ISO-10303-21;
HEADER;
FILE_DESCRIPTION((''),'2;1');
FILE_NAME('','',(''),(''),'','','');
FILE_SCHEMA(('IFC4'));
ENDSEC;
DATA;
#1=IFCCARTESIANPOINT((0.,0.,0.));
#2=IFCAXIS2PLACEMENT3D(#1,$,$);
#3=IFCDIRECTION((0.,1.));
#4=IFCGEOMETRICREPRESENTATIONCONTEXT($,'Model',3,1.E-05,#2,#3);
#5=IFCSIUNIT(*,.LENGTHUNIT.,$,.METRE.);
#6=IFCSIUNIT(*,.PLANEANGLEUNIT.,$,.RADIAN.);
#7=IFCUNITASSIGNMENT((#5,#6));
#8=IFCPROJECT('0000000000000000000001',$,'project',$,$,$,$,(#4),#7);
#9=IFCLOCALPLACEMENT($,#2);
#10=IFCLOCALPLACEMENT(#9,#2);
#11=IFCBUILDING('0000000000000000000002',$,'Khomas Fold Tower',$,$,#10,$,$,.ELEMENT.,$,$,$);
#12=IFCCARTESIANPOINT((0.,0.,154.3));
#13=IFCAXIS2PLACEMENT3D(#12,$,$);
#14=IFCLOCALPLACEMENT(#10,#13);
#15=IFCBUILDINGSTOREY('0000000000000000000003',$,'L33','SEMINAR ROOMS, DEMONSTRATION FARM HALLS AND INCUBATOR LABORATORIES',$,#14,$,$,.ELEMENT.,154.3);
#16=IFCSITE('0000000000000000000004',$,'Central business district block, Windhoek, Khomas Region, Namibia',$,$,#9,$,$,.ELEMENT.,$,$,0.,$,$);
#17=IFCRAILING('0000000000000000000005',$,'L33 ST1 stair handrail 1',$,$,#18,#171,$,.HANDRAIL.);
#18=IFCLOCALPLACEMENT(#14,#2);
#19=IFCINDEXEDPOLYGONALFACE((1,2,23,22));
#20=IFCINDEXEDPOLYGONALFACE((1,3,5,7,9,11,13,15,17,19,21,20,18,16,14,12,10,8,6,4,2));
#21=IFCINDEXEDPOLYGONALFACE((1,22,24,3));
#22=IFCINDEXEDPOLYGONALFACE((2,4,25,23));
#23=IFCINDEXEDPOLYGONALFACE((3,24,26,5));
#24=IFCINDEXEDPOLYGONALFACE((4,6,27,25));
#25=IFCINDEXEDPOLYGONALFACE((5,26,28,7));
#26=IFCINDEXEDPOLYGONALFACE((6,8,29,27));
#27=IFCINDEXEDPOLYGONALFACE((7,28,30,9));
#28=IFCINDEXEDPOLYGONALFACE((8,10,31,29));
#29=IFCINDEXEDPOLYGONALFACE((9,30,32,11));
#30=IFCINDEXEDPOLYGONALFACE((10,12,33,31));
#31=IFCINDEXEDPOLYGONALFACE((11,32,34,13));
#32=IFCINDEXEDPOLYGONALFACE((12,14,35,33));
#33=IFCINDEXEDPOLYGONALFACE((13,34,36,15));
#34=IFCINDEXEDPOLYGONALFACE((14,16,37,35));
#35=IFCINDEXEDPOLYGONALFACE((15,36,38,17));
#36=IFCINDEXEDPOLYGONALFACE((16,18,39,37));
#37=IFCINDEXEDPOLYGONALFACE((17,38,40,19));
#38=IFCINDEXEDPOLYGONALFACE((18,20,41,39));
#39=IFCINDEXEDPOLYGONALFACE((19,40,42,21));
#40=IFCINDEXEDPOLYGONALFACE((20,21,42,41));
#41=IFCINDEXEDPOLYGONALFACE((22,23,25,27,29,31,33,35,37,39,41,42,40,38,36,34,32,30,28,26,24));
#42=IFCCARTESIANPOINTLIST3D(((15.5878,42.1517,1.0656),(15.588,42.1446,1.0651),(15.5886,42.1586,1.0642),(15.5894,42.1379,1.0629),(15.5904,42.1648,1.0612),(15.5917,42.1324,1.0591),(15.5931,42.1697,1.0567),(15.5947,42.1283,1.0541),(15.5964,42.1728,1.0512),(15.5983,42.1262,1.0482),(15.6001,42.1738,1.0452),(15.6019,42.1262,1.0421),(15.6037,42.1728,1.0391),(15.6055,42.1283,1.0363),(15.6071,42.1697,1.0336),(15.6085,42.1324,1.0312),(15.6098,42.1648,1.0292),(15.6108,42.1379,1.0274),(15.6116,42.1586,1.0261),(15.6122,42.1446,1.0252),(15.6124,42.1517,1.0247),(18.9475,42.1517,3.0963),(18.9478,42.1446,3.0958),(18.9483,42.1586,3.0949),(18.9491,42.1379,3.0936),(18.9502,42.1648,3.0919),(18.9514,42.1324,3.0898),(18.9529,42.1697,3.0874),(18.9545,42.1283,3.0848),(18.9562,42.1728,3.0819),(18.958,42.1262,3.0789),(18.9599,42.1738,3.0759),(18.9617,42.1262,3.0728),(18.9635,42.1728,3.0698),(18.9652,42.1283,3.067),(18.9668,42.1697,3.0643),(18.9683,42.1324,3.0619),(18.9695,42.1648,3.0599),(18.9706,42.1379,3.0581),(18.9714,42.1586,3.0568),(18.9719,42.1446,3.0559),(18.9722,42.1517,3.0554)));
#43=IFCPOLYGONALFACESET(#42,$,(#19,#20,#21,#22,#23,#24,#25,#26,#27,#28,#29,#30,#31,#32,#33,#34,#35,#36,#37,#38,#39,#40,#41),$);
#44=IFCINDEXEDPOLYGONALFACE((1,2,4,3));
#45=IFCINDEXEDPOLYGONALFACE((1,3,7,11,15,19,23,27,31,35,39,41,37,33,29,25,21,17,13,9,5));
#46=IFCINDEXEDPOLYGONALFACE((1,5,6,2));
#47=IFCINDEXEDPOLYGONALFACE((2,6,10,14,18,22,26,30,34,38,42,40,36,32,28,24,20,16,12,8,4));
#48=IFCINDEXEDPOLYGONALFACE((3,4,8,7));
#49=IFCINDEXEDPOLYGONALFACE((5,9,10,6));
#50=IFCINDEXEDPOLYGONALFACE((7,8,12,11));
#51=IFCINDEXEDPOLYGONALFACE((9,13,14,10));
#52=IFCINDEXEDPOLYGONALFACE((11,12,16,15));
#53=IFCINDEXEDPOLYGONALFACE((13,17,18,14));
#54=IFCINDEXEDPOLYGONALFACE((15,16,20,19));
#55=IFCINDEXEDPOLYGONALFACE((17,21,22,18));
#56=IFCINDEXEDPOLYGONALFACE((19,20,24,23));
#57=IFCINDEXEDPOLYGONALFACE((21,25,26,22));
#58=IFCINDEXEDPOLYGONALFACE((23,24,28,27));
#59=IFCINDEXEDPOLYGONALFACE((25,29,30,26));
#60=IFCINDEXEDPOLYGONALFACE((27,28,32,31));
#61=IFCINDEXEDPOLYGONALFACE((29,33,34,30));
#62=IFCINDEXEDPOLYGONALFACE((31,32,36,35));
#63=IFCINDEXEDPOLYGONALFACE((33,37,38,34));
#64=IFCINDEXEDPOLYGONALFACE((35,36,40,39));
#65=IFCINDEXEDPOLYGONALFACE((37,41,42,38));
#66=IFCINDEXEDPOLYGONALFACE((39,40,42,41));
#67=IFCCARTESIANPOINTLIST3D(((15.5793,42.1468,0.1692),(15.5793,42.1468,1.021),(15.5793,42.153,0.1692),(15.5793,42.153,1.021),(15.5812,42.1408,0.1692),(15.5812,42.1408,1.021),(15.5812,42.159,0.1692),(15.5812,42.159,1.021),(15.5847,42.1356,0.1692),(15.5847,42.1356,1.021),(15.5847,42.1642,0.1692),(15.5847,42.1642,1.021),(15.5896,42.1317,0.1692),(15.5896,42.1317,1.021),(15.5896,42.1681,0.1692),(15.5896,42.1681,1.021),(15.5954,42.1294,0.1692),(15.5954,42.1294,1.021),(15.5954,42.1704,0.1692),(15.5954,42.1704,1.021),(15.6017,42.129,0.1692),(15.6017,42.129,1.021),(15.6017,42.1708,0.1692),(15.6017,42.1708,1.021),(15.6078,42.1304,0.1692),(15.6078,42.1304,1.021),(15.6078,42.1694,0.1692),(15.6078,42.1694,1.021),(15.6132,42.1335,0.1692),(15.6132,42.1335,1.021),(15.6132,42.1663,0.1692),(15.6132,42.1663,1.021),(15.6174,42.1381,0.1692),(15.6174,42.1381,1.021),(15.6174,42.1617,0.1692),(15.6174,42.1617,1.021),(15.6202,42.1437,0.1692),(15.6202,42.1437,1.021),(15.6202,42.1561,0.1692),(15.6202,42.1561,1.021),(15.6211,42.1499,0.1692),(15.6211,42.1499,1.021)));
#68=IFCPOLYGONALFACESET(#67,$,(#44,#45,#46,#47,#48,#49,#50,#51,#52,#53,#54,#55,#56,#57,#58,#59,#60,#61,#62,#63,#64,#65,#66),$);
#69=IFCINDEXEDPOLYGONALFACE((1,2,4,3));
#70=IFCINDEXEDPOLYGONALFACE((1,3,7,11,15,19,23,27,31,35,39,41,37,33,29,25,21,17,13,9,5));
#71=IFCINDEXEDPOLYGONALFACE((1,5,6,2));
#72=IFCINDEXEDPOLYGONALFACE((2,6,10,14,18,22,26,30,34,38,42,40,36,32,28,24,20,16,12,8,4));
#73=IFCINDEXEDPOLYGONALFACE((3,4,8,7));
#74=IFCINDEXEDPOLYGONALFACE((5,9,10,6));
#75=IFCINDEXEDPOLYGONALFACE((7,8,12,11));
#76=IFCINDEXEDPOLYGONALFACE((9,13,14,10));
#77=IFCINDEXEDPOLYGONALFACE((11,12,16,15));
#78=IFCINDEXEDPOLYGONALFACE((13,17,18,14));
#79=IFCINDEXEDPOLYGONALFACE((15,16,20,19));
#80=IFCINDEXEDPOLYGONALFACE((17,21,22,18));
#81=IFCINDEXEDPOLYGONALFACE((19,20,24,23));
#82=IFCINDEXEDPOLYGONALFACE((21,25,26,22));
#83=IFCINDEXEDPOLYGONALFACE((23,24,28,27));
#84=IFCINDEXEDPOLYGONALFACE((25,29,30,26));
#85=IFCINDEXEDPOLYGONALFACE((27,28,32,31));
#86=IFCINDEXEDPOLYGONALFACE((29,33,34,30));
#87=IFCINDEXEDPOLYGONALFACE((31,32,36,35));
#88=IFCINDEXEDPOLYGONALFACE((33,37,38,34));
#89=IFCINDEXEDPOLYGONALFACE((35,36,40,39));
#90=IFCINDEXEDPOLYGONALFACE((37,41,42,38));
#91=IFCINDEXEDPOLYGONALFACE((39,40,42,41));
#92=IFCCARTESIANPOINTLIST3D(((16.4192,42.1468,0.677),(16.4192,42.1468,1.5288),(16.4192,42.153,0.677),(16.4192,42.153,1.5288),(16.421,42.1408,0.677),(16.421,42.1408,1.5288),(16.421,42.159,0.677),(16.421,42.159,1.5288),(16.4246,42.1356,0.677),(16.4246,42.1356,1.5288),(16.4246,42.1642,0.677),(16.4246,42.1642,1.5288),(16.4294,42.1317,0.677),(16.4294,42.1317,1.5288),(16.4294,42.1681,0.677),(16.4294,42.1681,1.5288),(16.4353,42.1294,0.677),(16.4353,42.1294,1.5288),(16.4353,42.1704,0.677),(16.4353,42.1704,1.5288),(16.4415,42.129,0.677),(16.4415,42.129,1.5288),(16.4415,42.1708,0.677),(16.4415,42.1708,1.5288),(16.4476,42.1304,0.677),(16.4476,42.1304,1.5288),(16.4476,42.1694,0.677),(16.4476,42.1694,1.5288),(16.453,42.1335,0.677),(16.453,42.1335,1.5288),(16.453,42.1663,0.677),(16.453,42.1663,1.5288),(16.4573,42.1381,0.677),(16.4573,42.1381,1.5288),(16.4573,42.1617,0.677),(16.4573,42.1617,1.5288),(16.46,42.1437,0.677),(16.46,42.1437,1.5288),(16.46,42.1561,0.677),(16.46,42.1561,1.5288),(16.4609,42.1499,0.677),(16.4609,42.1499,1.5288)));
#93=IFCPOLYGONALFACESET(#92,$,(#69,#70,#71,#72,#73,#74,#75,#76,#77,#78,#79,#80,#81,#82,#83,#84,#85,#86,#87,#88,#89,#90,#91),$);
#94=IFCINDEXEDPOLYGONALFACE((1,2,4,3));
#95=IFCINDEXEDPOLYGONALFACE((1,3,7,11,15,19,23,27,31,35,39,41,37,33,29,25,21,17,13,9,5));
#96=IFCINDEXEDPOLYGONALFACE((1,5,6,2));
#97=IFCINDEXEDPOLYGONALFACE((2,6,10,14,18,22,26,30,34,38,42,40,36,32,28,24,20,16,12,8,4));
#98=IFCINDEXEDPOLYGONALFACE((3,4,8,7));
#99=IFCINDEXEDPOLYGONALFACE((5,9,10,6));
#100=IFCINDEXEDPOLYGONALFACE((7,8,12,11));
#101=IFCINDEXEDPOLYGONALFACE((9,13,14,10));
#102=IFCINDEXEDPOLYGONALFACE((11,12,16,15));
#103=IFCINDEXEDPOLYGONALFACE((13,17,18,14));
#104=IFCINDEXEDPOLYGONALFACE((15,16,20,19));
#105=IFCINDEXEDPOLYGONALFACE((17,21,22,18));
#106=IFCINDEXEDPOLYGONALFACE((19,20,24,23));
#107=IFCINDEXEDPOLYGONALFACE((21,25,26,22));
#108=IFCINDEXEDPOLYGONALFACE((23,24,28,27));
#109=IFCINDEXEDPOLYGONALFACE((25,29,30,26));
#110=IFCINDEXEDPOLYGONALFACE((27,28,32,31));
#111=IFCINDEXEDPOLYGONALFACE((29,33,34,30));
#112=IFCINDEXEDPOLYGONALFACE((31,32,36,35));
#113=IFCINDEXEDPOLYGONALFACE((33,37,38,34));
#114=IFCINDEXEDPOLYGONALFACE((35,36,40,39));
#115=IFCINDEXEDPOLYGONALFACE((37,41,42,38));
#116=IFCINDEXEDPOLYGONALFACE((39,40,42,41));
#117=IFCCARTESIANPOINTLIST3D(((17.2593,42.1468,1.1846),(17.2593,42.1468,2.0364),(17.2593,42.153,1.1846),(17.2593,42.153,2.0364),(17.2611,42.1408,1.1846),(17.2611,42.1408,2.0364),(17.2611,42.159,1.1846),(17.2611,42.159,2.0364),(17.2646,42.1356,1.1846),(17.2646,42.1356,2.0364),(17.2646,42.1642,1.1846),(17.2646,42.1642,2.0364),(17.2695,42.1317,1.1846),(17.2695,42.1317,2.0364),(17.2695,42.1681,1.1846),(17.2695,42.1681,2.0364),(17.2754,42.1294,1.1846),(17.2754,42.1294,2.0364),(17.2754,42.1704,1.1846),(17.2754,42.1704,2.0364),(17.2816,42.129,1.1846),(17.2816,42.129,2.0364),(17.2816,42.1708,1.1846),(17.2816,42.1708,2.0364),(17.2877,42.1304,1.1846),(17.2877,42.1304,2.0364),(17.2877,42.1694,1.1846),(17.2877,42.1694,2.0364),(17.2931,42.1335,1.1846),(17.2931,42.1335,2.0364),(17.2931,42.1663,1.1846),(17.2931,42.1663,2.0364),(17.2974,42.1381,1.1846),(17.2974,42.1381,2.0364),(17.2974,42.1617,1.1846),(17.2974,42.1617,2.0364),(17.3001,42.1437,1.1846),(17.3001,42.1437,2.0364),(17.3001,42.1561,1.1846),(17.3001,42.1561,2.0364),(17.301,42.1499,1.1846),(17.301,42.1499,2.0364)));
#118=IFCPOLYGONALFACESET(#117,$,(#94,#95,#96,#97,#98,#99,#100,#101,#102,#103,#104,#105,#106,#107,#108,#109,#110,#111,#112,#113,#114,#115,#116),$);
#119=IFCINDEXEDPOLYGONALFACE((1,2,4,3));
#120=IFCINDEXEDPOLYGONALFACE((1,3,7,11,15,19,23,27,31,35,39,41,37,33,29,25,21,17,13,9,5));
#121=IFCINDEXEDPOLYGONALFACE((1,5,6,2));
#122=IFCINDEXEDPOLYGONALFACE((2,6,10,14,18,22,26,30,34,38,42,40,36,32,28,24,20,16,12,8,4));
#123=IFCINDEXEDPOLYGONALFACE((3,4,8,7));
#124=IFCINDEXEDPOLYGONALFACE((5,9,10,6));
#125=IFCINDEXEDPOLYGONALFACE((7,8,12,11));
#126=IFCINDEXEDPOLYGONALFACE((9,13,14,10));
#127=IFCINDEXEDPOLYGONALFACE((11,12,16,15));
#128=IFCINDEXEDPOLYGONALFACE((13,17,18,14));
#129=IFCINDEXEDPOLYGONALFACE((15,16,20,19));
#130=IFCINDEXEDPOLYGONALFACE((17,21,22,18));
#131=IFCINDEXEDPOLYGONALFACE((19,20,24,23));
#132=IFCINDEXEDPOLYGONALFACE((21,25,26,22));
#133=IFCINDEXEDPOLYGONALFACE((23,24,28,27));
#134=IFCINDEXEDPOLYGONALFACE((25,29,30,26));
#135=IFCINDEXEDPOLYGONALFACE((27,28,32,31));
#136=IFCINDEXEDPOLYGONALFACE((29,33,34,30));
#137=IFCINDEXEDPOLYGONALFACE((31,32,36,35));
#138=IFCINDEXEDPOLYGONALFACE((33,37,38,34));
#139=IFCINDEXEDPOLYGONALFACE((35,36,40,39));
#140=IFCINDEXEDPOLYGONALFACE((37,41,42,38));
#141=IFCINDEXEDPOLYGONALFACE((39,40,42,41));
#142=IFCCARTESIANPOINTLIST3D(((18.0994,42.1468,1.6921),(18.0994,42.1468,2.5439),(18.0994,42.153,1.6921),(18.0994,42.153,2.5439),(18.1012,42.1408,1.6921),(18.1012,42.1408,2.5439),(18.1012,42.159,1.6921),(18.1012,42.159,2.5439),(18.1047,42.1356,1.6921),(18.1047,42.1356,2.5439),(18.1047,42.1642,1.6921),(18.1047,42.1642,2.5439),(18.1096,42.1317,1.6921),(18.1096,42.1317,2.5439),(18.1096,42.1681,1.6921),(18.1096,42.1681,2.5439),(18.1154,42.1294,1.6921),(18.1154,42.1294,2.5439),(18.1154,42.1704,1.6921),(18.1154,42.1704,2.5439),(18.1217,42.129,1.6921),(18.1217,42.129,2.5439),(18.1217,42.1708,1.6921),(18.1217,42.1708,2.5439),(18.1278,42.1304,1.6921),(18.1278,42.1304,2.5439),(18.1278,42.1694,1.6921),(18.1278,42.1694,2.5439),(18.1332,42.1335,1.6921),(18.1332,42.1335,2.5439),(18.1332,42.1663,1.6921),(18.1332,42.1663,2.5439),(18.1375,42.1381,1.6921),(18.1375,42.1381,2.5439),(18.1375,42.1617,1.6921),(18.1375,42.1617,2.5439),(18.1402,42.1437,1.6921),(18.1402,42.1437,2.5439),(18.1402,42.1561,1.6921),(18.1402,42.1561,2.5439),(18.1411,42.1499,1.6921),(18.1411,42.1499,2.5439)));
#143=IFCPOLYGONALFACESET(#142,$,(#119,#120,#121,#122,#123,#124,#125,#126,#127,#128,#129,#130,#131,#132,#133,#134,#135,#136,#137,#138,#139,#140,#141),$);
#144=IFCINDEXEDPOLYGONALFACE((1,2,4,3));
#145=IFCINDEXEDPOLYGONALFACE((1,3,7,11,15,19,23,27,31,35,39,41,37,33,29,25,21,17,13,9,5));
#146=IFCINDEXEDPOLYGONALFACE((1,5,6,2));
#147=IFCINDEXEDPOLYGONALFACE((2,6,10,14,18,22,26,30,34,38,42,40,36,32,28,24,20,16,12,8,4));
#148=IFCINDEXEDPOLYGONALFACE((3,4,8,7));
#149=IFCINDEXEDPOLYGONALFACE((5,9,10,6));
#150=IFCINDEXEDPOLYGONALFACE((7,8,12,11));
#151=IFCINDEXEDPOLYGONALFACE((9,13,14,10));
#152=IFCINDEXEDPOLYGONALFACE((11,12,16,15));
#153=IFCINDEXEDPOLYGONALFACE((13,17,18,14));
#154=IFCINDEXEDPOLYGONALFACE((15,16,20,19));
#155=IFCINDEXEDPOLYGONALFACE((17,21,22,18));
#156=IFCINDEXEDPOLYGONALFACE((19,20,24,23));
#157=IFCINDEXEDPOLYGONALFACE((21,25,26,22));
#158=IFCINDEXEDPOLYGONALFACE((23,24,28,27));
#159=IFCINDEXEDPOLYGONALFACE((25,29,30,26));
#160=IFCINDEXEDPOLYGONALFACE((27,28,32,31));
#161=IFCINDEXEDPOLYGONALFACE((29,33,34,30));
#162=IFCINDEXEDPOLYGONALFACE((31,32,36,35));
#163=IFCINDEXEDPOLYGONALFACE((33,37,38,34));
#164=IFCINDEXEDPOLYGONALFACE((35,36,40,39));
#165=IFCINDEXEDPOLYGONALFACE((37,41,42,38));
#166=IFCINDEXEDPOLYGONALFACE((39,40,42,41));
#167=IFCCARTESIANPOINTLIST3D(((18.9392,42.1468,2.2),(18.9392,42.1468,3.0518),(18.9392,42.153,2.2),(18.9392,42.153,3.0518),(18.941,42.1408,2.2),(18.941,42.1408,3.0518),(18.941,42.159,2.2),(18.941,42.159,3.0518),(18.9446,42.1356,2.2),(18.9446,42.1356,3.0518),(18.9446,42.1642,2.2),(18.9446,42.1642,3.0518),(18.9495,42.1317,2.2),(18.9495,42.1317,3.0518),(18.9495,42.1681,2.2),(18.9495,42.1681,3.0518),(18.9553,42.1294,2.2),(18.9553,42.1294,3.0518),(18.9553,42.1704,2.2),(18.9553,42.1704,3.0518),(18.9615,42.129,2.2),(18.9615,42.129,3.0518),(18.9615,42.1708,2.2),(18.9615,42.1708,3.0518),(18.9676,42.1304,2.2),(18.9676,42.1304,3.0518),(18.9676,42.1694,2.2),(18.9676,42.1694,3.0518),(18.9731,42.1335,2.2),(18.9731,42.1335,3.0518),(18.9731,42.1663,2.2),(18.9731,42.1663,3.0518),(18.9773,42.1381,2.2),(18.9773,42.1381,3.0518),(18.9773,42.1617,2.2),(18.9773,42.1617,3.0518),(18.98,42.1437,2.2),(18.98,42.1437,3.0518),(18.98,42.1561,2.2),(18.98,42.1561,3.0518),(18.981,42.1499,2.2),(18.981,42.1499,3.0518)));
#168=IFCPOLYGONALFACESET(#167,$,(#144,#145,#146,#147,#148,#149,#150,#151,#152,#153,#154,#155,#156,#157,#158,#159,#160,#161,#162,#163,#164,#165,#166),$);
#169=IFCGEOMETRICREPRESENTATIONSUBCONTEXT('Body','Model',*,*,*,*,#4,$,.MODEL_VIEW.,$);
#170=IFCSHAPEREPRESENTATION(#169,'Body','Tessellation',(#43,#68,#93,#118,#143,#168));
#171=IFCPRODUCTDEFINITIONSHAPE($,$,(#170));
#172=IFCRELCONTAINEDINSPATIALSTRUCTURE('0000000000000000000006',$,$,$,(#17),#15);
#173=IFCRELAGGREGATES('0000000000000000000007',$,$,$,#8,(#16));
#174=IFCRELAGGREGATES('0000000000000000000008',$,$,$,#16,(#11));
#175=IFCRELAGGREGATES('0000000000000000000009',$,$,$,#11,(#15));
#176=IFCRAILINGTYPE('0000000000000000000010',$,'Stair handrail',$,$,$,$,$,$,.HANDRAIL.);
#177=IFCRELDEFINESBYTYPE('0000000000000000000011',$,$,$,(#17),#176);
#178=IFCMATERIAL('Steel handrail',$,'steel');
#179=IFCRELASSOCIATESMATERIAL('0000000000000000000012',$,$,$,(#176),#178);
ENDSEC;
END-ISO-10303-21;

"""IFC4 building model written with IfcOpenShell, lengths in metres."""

from ifc_helpers import new_model, si_unit, direction, frame, origin, origin_2d, place, context, subcontext, project, spatial, circle, extrude, source, transform, mapped, material, type_object, element, save


model = new_model("IFC4")

# Units and contexts
model_context = context("Model", 3, precision=1e-05, world=origin(), true_north=direction((0.0, 1.0)))
body_context = subcontext(model_context, "Body", "Model", "MODEL_VIEW")
ifc_project = project(units=[si_unit("LENGTHUNIT", "METRE"), si_unit("PLANEANGLEUNIT", "RADIAN")], contexts=[model_context])

# Site, building, storey
site_placement = place(None, origin())
site = spatial("IfcSite", under=ifc_project, at=site_placement, Name="Central business district block, Windhoek, Khomas Region, Namibia", CompositionType="ELEMENT", RefElevation=0.0)
building_placement = place(site_placement, origin())
building = spatial("IfcBuilding", under=site, at=building_placement, Name="Khomas Fold Tower", CompositionType="ELEMENT")
storey_placement = place(building_placement, frame((0.0, 0.0, 154.3)))
storey = spatial("IfcBuildingStorey", under=building, at=storey_placement, Name="L33", Description="SEMINAR ROOMS, DEMONSTRATION FARM HALLS AND INCUBATOR LABORATORIES", CompositionType="ELEMENT", Elevation=154.3)

# Railing
ifc_material_1 = material(Name="Steel handrail", Category="steel")
railing_type_1 = type_object("IfcRailingType", Name="Stair handrail", PredefinedType="HANDRAIL", material=ifc_material_1)
shared_shape_1 = source(origin(), body_context, "Body", "SweptSolid", [
    extrude(circle(Radius=0.0239, at=origin_2d()), frame((0.0, 0.0, 0.876), z_axis=(0.85582, 0.0, 0.517273), x_axis=(0.0, 1.0, 0.0)), (0.0, 0.0, 1.0), 3.9258),
    extrude(circle(Radius=0.021, at=origin_2d()), origin(), (0.0, 0.0, 1.0), 0.8518),
    extrude(circle(Radius=0.021, at=origin_2d()), frame((0.8398, 0.0, 0.5078)), (0.0, 0.0, 1.0), 0.8518),
    extrude(circle(Radius=0.021, at=origin_2d()), frame((1.6799, 0.0, 1.0154)), (0.0, 0.0, 1.0), 0.8518),
    extrude(circle(Radius=0.021, at=origin_2d()), frame((2.52, 0.0, 1.5229)), (0.0, 0.0, 1.0), 0.8518),
    extrude(circle(Radius=0.021, at=origin_2d()), frame((3.3599, 0.0, 2.0308)), (0.0, 0.0, 1.0), 0.8518),
])
railing_1_placement = place(storey_placement, frame((15.6001, 42.1499, 0.1692)))
element("IfcRailing", 1, at=railing_1_placement, inside=storey, type_object=railing_type_1, Name="L33 ST1 stair handrail 1", PredefinedType="HANDRAIL", context=body_context, shape_type="MappedRepresentation", body=[
    mapped(shared_shape_1, transform((0.0, 0.0, 0.0))),
])

save(model, "model.ifc")
